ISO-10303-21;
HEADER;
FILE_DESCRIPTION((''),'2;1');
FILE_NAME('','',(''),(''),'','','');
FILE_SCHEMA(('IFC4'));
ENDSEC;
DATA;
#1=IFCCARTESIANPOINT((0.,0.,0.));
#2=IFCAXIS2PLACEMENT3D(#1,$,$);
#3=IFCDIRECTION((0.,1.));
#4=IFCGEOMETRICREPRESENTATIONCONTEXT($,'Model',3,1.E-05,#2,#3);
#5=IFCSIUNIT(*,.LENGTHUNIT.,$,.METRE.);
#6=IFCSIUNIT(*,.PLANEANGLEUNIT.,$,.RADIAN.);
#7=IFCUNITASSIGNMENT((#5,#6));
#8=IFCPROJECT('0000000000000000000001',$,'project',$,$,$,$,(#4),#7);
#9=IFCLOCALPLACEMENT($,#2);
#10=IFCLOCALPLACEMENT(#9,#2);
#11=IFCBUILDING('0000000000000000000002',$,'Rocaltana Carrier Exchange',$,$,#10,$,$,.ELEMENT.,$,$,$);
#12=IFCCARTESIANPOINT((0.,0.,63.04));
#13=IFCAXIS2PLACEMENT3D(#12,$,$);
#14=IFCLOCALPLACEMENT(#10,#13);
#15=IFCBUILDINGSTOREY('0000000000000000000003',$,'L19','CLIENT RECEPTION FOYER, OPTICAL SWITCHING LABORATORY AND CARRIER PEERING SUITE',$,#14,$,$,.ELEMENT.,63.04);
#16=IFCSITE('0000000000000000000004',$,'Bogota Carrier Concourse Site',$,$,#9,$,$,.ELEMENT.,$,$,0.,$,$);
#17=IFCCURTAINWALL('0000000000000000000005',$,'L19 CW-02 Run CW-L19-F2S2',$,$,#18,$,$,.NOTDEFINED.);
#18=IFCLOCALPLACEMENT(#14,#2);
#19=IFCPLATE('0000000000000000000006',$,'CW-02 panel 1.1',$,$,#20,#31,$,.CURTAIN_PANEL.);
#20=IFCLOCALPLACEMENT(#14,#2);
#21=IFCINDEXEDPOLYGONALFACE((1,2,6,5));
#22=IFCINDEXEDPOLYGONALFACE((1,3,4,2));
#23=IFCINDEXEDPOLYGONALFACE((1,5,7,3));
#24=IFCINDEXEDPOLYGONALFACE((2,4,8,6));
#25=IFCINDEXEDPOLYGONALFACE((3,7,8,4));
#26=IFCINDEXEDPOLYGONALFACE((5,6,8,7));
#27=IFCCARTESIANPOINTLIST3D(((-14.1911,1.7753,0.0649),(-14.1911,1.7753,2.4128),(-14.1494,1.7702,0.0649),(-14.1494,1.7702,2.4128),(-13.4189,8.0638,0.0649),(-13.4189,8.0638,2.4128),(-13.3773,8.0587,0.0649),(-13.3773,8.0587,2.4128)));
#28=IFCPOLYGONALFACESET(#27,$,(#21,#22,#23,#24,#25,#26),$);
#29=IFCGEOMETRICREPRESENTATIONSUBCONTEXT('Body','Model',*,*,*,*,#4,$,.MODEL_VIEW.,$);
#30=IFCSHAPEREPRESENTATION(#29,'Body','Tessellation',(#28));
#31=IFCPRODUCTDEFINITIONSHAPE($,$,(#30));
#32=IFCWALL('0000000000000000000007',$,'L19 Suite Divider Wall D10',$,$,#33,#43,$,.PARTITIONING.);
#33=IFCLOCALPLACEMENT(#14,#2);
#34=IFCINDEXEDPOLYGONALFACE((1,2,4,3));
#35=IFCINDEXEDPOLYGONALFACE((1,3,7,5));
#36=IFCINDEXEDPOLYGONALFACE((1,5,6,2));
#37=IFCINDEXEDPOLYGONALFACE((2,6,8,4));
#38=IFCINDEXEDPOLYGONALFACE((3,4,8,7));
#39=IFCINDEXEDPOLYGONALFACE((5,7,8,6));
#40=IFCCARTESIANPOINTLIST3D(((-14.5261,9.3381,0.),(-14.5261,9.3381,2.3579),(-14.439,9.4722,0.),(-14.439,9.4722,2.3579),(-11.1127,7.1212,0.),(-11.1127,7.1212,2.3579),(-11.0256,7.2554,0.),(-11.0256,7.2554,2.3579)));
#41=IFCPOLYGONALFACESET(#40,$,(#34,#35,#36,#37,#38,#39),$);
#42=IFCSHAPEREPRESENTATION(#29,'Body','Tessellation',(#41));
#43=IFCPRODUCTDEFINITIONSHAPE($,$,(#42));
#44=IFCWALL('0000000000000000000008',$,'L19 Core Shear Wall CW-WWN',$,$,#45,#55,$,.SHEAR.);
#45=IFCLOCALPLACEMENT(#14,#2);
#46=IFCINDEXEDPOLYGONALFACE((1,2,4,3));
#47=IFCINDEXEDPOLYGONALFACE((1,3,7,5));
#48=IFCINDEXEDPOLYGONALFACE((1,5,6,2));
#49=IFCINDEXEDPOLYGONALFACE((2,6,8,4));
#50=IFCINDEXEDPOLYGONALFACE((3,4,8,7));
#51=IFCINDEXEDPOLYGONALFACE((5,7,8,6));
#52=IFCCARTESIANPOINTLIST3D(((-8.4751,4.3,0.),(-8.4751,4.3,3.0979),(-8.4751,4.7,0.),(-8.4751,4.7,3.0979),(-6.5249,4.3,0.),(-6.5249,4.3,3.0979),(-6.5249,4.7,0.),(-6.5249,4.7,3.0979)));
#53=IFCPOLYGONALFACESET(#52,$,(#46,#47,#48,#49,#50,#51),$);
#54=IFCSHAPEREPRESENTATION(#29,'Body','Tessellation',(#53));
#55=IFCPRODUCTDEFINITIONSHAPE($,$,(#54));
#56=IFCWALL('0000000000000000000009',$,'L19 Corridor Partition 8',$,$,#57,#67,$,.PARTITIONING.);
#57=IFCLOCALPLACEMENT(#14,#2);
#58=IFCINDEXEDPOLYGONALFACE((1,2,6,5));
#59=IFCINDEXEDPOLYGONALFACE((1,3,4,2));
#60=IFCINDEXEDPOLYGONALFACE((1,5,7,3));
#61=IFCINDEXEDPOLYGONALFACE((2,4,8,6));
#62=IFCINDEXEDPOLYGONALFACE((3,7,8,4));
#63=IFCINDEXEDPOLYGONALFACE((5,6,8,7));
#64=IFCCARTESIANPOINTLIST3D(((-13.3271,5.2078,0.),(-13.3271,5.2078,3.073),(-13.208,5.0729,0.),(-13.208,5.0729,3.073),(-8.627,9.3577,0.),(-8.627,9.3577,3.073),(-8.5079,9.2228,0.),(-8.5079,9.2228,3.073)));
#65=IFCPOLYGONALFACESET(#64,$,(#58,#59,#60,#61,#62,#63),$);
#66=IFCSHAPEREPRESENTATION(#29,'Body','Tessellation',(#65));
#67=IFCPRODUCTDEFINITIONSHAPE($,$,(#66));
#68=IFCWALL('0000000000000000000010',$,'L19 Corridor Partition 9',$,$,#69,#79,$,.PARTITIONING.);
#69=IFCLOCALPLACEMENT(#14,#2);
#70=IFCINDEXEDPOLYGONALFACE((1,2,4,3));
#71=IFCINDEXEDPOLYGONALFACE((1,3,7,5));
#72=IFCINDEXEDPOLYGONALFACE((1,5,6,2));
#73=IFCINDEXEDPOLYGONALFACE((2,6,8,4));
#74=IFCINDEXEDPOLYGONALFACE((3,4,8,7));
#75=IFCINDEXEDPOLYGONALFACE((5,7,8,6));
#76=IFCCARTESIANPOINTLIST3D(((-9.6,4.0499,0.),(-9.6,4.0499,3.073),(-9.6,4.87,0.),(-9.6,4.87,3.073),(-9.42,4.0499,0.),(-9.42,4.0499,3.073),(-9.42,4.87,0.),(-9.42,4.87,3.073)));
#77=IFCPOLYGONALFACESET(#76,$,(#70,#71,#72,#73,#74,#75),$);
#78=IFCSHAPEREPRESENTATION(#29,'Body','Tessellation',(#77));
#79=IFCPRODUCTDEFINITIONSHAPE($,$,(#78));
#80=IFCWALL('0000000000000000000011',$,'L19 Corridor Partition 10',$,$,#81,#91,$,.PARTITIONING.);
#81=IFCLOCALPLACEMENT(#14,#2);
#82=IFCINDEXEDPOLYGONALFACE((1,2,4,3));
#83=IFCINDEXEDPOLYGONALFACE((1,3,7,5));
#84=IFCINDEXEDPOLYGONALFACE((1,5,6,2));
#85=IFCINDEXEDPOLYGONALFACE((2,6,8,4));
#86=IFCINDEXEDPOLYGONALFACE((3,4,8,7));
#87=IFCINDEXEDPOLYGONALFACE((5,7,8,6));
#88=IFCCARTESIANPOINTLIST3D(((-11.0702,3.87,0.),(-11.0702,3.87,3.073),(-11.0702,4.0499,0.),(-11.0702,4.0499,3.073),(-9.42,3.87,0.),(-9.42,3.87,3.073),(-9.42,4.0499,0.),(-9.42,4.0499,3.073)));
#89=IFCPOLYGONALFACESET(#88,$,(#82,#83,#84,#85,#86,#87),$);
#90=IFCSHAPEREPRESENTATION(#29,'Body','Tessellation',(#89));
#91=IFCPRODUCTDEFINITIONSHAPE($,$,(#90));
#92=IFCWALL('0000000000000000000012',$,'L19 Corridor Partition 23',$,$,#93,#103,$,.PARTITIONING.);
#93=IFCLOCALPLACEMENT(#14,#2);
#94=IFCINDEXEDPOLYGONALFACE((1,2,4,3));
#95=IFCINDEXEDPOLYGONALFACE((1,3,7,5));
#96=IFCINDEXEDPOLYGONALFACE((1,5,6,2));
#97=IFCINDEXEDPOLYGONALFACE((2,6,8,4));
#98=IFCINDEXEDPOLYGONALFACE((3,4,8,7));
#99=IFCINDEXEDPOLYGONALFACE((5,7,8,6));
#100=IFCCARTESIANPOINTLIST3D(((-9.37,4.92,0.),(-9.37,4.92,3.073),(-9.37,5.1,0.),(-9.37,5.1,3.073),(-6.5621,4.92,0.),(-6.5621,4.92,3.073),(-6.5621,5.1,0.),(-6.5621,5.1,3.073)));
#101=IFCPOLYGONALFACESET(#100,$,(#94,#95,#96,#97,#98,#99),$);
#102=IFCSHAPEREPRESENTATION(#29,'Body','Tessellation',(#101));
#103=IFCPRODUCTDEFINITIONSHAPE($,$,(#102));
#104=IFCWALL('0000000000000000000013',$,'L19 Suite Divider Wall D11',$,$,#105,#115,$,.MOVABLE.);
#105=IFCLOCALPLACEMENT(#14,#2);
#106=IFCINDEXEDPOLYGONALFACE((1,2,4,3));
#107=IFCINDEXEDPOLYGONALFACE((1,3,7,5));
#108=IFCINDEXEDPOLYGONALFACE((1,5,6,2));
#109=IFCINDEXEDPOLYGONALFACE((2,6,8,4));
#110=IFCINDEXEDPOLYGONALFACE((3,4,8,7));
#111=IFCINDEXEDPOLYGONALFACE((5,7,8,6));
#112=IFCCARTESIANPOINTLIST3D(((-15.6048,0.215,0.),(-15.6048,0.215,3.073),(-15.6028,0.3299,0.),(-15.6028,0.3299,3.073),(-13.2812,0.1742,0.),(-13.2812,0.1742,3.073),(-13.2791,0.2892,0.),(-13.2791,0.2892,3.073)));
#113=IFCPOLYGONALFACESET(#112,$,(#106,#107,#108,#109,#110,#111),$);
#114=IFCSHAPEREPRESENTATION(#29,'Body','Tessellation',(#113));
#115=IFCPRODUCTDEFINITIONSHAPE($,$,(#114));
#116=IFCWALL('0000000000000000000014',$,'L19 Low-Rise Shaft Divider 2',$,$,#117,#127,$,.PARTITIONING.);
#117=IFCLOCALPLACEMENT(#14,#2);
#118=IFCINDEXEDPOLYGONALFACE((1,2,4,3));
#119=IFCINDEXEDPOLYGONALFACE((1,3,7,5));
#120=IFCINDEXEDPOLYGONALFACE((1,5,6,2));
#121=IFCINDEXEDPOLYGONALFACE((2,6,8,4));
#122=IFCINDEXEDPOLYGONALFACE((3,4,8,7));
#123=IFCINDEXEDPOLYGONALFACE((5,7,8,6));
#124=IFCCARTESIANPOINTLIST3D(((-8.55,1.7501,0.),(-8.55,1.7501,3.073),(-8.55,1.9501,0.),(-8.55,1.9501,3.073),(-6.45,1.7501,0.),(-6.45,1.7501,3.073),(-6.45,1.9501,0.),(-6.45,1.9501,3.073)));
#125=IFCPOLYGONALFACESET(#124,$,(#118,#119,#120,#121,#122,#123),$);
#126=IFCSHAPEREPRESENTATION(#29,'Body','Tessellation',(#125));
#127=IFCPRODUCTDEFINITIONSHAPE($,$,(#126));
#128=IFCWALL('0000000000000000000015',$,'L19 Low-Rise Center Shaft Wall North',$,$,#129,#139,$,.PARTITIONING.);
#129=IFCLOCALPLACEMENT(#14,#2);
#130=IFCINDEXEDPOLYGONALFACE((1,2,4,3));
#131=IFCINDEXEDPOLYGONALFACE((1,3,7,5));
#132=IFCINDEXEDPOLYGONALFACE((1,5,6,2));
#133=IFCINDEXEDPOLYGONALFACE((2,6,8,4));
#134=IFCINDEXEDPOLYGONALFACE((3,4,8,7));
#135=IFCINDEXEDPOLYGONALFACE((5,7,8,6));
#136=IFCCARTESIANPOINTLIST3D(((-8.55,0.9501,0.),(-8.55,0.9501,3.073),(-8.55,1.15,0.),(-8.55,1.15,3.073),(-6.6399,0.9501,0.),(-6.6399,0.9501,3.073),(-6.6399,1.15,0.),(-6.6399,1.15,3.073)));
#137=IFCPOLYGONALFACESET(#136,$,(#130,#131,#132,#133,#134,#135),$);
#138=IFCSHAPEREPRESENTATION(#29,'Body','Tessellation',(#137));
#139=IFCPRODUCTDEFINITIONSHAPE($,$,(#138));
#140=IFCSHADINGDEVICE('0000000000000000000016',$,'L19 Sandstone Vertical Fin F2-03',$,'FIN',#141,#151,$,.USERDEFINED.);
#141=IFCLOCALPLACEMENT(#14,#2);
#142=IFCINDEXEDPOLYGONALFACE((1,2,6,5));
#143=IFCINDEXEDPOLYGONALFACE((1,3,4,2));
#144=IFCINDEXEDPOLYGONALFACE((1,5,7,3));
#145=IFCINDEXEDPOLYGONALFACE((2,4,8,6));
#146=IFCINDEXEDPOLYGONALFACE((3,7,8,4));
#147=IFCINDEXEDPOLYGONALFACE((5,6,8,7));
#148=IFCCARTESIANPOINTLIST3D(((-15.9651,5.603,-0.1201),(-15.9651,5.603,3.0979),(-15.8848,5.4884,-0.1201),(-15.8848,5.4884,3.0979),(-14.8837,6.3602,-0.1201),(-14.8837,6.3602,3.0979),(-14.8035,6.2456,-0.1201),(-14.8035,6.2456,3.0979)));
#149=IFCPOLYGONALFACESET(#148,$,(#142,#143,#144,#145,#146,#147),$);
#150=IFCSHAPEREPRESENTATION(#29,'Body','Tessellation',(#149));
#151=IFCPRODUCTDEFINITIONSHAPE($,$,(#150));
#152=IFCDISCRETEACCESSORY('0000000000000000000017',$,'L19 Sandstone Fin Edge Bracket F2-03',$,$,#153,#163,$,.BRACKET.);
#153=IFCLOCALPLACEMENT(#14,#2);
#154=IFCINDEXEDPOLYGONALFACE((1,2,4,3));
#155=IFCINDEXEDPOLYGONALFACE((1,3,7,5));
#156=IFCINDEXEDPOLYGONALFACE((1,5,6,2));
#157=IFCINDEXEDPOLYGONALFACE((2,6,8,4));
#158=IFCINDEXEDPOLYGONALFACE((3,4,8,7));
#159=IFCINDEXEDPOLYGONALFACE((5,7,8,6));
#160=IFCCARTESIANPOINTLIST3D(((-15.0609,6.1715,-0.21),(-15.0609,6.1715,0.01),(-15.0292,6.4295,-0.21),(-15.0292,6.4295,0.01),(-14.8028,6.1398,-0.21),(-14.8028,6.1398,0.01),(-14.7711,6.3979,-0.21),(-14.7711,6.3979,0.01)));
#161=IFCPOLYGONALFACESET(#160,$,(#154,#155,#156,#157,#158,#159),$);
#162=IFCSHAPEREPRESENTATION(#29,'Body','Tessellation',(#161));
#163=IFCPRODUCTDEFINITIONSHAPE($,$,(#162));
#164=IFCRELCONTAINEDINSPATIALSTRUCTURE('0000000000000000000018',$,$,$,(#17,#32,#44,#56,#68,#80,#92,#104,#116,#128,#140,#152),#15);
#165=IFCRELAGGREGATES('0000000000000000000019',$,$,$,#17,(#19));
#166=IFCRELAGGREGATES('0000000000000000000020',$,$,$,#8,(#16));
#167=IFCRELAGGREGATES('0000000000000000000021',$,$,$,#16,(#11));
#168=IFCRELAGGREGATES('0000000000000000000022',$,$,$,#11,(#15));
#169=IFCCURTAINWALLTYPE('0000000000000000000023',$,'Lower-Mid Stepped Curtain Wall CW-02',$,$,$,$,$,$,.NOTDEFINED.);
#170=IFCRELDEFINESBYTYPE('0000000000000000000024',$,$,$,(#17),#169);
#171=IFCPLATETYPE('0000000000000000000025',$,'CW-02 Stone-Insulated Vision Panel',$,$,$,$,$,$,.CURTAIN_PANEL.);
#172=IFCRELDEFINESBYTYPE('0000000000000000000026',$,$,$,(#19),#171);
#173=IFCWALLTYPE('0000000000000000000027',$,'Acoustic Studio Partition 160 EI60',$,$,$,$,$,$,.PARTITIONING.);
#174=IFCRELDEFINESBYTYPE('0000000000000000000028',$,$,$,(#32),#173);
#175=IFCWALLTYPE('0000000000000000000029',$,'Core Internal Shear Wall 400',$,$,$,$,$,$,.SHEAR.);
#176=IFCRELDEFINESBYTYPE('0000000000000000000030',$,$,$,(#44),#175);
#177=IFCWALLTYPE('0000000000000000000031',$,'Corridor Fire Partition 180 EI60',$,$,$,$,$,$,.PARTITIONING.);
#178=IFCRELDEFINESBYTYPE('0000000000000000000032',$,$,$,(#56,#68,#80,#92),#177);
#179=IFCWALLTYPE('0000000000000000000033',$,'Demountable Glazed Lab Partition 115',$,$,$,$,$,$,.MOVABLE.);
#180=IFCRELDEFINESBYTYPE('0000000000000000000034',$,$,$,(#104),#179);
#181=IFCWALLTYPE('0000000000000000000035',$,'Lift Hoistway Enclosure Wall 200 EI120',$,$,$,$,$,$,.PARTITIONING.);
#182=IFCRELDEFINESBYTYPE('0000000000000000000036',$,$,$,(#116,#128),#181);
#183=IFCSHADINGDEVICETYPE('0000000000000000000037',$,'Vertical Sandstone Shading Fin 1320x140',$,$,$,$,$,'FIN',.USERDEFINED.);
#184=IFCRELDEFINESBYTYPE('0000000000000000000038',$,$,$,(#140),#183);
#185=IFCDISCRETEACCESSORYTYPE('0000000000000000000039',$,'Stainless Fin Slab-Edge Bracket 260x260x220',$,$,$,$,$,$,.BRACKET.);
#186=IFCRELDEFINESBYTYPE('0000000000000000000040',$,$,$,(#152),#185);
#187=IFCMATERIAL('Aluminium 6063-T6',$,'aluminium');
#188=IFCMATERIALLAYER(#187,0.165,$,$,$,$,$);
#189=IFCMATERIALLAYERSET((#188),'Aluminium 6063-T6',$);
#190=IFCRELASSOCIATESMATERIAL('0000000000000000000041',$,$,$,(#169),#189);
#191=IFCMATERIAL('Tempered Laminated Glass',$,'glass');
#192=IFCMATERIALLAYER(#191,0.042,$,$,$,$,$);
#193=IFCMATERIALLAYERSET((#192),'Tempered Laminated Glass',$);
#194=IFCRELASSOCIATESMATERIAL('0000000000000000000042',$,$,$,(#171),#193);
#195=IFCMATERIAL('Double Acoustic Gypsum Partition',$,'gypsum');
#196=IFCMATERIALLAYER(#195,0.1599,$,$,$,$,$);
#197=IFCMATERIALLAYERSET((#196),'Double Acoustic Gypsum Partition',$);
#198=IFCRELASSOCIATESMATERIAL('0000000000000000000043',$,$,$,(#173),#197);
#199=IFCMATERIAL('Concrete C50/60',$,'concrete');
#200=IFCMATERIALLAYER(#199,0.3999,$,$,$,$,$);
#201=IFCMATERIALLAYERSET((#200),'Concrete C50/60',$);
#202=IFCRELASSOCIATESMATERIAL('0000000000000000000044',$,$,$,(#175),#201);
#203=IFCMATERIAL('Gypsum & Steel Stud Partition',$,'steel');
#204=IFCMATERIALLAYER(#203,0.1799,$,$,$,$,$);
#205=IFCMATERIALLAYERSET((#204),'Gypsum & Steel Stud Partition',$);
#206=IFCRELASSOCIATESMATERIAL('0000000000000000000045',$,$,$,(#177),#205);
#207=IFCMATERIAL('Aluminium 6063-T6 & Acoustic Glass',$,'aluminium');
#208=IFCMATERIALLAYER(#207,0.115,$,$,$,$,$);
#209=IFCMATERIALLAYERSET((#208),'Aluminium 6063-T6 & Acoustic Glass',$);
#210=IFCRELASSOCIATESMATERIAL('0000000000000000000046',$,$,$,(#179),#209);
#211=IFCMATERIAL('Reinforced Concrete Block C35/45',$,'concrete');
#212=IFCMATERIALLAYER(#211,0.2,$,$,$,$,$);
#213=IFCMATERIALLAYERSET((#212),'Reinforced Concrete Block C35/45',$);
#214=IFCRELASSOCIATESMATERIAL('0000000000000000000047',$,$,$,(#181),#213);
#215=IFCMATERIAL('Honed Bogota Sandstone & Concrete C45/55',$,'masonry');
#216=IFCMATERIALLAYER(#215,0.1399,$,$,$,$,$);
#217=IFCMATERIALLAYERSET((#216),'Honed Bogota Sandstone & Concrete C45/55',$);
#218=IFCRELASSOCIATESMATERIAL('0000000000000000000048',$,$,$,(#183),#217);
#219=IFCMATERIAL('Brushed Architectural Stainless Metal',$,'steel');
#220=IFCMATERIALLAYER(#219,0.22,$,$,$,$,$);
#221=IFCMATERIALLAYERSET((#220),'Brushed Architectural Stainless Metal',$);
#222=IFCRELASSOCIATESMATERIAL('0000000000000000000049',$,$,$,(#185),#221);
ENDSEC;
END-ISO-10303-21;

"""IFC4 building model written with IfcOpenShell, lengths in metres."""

from ifc_helpers import new_model, si_unit, direction, frame, frame_2d, origin, origin_2d, place, context, subcontext, project, spatial, rectangle, extrude, material, layer, layer_set, type_object, element, aggregate, save


model = new_model("IFC4")

# Units and contexts
model_context = context("Model", 3, precision=1e-05, world=origin(), true_north=direction((0.0, 1.0)))
body_context = subcontext(model_context, "Body", "Model", "MODEL_VIEW")
ifc_project = project(units=[si_unit("LENGTHUNIT", "METRE"), si_unit("PLANEANGLEUNIT", "RADIAN")], contexts=[model_context])

# Site, building, storey
site_placement = place(None, origin())
site = spatial("IfcSite", under=ifc_project, at=site_placement, Name="Bogota Carrier Concourse Site", CompositionType="ELEMENT", RefElevation=0.0)
building_placement = place(site_placement, origin())
building = spatial("IfcBuilding", under=site, at=building_placement, Name="Rocaltana Carrier Exchange", CompositionType="ELEMENT")
storey_placement = place(building_placement, frame((0.0, 0.0, 63.04)))
storey = spatial("IfcBuildingStorey", under=building, at=storey_placement, Name="L19", Description="CLIENT RECEPTION FOYER, OPTICAL SWITCHING LABORATORY AND CARRIER PEERING SUITE", CompositionType="ELEMENT", Elevation=63.04)

# Curtain wall
ifc_material_1 = material(Name="Aluminium 6063-T6", Category="aluminium")
ifc_layer_1 = layer(ifc_material_1, 0.165)
ifc_layer_set_1 = layer_set([ifc_layer_1], Name="Aluminium 6063-T6")
curtain_wall_type = type_object("IfcCurtainWallType", Name="Lower-Mid Stepped Curtain Wall CW-02", PredefinedType="NOTDEFINED", material=ifc_layer_set_1)
curtain_wall_placement = place(storey_placement, origin())
curtain_wall = element("IfcCurtainWall", 1, at=curtain_wall_placement, inside=storey, type_object=curtain_wall_type, Name="L19 CW-02 Run CW-L19-F2S2", PredefinedType="NOTDEFINED")

# Plate
ifc_material_2 = material(Name="Tempered Laminated Glass", Category="glass")
ifc_layer_2 = layer(ifc_material_2, 0.042)
ifc_layer_set_2 = layer_set([ifc_layer_2], Name="Tempered Laminated Glass")
plate_type = type_object("IfcPlateType", Name="CW-02 Stone-Insulated Vision Panel", PredefinedType="CURTAIN_PANEL", material=ifc_layer_set_2)
plate_placement = place(storey_placement, frame((-13.7842, 4.917, 0.0649), z_axis=(0.0, 0.0, 1.0), x_axis=(-0.121874, -0.992546, 0.0)))
plate = element("IfcPlate", 2, at=plate_placement, type_object=plate_type, Name="CW-02 panel 1.1", PredefinedType="CURTAIN_PANEL", context=body_context, shape_type="SweptSolid", body=[
    extrude(rectangle(XDim=6.3357, YDim=0.042, at=origin_2d()), origin(), (0.0, 0.0, 1.0), 2.3479),
])
aggregate(curtain_wall, [plate])

# Walls
ifc_material_3 = material(Name="Double Acoustic Gypsum Partition", Category="gypsum")
ifc_layer_3 = layer(ifc_material_3, 0.1599)
ifc_layer_set_3 = layer_set([ifc_layer_3], Name="Double Acoustic Gypsum Partition")
wall_type_1 = type_object("IfcWallType", Name="Acoustic Studio Partition 160 EI60", PredefinedType="PARTITIONING", material=ifc_layer_set_3)
wall_1_placement = place(storey_placement, frame((-11.0691, 7.1882, 0.0), z_axis=(0.0, 0.0, 1.0), x_axis=(-0.838653, 0.544666, 0.0)))
element("IfcWall", 3, at=wall_1_placement, inside=storey, type_object=wall_type_1, Name="L19 Suite Divider Wall D10", PredefinedType="PARTITIONING", context=body_context, shape_type="SweptSolid", body=[
    extrude(rectangle(XDim=4.0701, YDim=0.1599, at=frame_2d((2.0352, 0.0))), origin(), (0.0, 0.0, 1.0), 2.3579),
])
ifc_material_4 = material(Name="Concrete C50/60", Category="concrete")
ifc_layer_4 = layer(ifc_material_4, 0.3999)
ifc_layer_set_4 = layer_set([ifc_layer_4], Name="Concrete C50/60")
wall_type_2 = type_object("IfcWallType", Name="Core Internal Shear Wall 400", PredefinedType="SHEAR", material=ifc_layer_set_4)
wall_2_placement = place(storey_placement, frame((-8.4751, 4.5, 0.0), z_axis=(0.0, 0.0, 1.0), x_axis=(1.0, 0.0, 0.0)))
element("IfcWall", 4, at=wall_2_placement, inside=storey, type_object=wall_type_2, Name="L19 Core Shear Wall CW-WWN", PredefinedType="SHEAR", context=body_context, shape_type="SweptSolid", body=[
    extrude(rectangle(XDim=1.9502, YDim=0.3999, at=frame_2d((0.9751, 0.0))), origin(), (0.0, 0.0, 1.0), 3.0979),
])
ifc_material_5 = material(Name="Gypsum & Steel Stud Partition", Category="steel")
ifc_layer_5 = layer(ifc_material_5, 0.1799)
ifc_layer_set_5 = layer_set([ifc_layer_5], Name="Gypsum & Steel Stud Partition")
wall_type_3 = type_object("IfcWallType", Name="Corridor Fire Partition 180 EI60", PredefinedType="PARTITIONING", material=ifc_layer_set_5)
wall_3_placement = place(storey_placement, frame((-13.2676, 5.1404, 0.0), z_axis=(0.0, 0.0, 1.0), x_axis=(0.749626, 0.661861, 0.0)))
element("IfcWall", 5, at=wall_3_placement, inside=storey, type_object=wall_type_3, Name="L19 Corridor Partition 8", PredefinedType="PARTITIONING", context=body_context, shape_type="SweptSolid", body=[
    extrude(rectangle(XDim=6.27, YDim=0.1799, at=frame_2d((3.135, 0.0))), origin(), (0.0, 0.0, 1.0), 3.073),
])
wall_4_placement = place(storey_placement, frame((-9.51, 4.8701, 0.0), z_axis=(0.0, 0.0, 1.0), x_axis=(0.0, -1.0, 0.0)))
element("IfcWall", 6, at=wall_4_placement, inside=storey, type_object=wall_type_3, Name="L19 Corridor Partition 9", PredefinedType="PARTITIONING", context=body_context, shape_type="SweptSolid", body=[
    extrude(rectangle(XDim=0.8201, YDim=0.1799, at=frame_2d((0.4102, 0.0))), origin(), (0.0, 0.0, 1.0), 3.073),
])
wall_5_placement = place(storey_placement, frame((-9.4199, 3.96, 0.0), z_axis=(0.0, 0.0, 1.0), x_axis=(-1.0, 0.0, 0.0)))
element("IfcWall", 7, at=wall_5_placement, inside=storey, type_object=wall_type_3, Name="L19 Corridor Partition 10", PredefinedType="PARTITIONING", context=body_context, shape_type="SweptSolid", body=[
    extrude(rectangle(XDim=1.6501, YDim=0.1799, at=frame_2d((0.8252, 0.0))), origin(), (0.0, 0.0, 1.0), 3.073),
])
wall_6_placement = place(storey_placement, frame((-6.5623, 5.01, 0.0), z_axis=(0.0, 0.0, 1.0), x_axis=(-1.0, 0.0, 0.0)))
element("IfcWall", 8, at=wall_6_placement, inside=storey, type_object=wall_type_3, Name="L19 Corridor Partition 23", PredefinedType="PARTITIONING", context=body_context, shape_type="SweptSolid", body=[
    extrude(rectangle(XDim=2.8079, YDim=0.1799, at=frame_2d((1.4038, 0.0))), origin(), (0.0, 0.0, 1.0), 3.073),
])
ifc_material_6 = material(Name="Aluminium 6063-T6 & Acoustic Glass", Category="aluminium")
ifc_layer_6 = layer(ifc_material_6, 0.115)
ifc_layer_set_6 = layer_set([ifc_layer_6], Name="Aluminium 6063-T6 & Acoustic Glass")
wall_type_4 = type_object("IfcWallType", Name="Demountable Glazed Lab Partition 115", PredefinedType="MOVABLE", material=ifc_layer_set_6)
wall_7_placement = place(storey_placement, frame((-13.28, 0.2317, 0.0), z_axis=(0.0, 0.0, 1.0), x_axis=(-0.999846, 0.017543, 0.0)))
element("IfcWall", 9, at=wall_7_placement, inside=storey, type_object=wall_type_4, Name="L19 Suite Divider Wall D11", PredefinedType="MOVABLE", context=body_context, shape_type="SweptSolid", body=[
    extrude(rectangle(XDim=2.324, YDim=0.115, at=frame_2d((1.1621, 0.0))), origin(), (0.0, 0.0, 1.0), 3.073),
])
ifc_material_7 = material(Name="Reinforced Concrete Block C35/45", Category="concrete")
ifc_layer_7 = layer(ifc_material_7, 0.2)
ifc_layer_set_7 = layer_set([ifc_layer_7], Name="Reinforced Concrete Block C35/45")
wall_type_5 = type_object("IfcWallType", Name="Lift Hoistway Enclosure Wall 200 EI120", PredefinedType="PARTITIONING", material=ifc_layer_set_7)
wall_8_placement = place(storey_placement, frame((-8.55, 1.8501, 0.0), z_axis=(0.0, 0.0, 1.0), x_axis=(1.0, 0.0, 0.0)))
element("IfcWall", 10, at=wall_8_placement, inside=storey, type_object=wall_type_5, Name="L19 Low-Rise Shaft Divider 2", PredefinedType="PARTITIONING", context=body_context, shape_type="SweptSolid", body=[
    extrude(rectangle(XDim=2.1001, YDim=0.2, at=frame_2d((1.05, 0.0))), origin(), (0.0, 0.0, 1.0), 3.073),
])
wall_9_placement = place(storey_placement, frame((-8.55, 1.05, 0.0), z_axis=(0.0, 0.0, 1.0), x_axis=(1.0, 0.0, 0.0)))
element("IfcWall", 11, at=wall_9_placement, inside=storey, type_object=wall_type_5, Name="L19 Low-Rise Center Shaft Wall North", PredefinedType="PARTITIONING", context=body_context, shape_type="SweptSolid", body=[
    extrude(rectangle(XDim=1.9102, YDim=0.2, at=frame_2d((0.9551, 0.0))), origin(), (0.0, 0.0, 1.0), 3.073),
])

# Shading device
ifc_material_8 = material(Name="Honed Bogota Sandstone & Concrete C45/55", Category="masonry")
ifc_layer_8 = layer(ifc_material_8, 0.1399)
ifc_layer_set_8 = layer_set([ifc_layer_8], Name="Honed Bogota Sandstone & Concrete C45/55")
shading_device_type = type_object("IfcShadingDeviceType", Name="Vertical Sandstone Shading Fin 1320x140", ElementType="FIN", PredefinedType="USERDEFINED", material=ifc_layer_set_8)
shading_device_placement = place(storey_placement, frame((-15.3843, 5.9243, -0.1201), z_axis=(0.0, 0.0, 1.0), x_axis=(-0.819152, -0.573576, 0.0)))
element("IfcShadingDevice", 12, at=shading_device_placement, inside=storey, type_object=shading_device_type, Name="L19 Sandstone Vertical Fin F2-03", ObjectType="FIN", PredefinedType="USERDEFINED", context=body_context, shape_type="SweptSolid", body=[
    extrude(rectangle(XDim=1.3201, YDim=0.1399, at=origin_2d()), origin(), (0.0, 0.0, 1.0), 3.218),
])

# Discrete accessory
ifc_material_9 = material(Name="Brushed Architectural Stainless Metal", Category="steel")
ifc_layer_9 = layer(ifc_material_9, 0.22)
ifc_layer_set_9 = layer_set([ifc_layer_9], Name="Brushed Architectural Stainless Metal")
discrete_accessory_type = type_object("IfcDiscreteAccessoryType", Name="Stainless Fin Slab-Edge Bracket 260x260x220", PredefinedType="BRACKET", material=ifc_layer_set_9)
discrete_accessory_placement = place(storey_placement, frame((-14.916, 6.2847, -0.21), z_axis=(0.0, 0.0, 1.0), x_axis=(-0.121869, -0.992546, 0.0)))
element("IfcDiscreteAccessory", 13, at=discrete_accessory_placement, inside=storey, type_object=discrete_accessory_type, Name="L19 Sandstone Fin Edge Bracket F2-03", PredefinedType="BRACKET", context=body_context, shape_type="SweptSolid", body=[
    extrude(rectangle(XDim=0.26, YDim=0.26, at=origin_2d()), origin(), (0.0, 0.0, 1.0), 0.22),
])

save(model, "model.ifc")
